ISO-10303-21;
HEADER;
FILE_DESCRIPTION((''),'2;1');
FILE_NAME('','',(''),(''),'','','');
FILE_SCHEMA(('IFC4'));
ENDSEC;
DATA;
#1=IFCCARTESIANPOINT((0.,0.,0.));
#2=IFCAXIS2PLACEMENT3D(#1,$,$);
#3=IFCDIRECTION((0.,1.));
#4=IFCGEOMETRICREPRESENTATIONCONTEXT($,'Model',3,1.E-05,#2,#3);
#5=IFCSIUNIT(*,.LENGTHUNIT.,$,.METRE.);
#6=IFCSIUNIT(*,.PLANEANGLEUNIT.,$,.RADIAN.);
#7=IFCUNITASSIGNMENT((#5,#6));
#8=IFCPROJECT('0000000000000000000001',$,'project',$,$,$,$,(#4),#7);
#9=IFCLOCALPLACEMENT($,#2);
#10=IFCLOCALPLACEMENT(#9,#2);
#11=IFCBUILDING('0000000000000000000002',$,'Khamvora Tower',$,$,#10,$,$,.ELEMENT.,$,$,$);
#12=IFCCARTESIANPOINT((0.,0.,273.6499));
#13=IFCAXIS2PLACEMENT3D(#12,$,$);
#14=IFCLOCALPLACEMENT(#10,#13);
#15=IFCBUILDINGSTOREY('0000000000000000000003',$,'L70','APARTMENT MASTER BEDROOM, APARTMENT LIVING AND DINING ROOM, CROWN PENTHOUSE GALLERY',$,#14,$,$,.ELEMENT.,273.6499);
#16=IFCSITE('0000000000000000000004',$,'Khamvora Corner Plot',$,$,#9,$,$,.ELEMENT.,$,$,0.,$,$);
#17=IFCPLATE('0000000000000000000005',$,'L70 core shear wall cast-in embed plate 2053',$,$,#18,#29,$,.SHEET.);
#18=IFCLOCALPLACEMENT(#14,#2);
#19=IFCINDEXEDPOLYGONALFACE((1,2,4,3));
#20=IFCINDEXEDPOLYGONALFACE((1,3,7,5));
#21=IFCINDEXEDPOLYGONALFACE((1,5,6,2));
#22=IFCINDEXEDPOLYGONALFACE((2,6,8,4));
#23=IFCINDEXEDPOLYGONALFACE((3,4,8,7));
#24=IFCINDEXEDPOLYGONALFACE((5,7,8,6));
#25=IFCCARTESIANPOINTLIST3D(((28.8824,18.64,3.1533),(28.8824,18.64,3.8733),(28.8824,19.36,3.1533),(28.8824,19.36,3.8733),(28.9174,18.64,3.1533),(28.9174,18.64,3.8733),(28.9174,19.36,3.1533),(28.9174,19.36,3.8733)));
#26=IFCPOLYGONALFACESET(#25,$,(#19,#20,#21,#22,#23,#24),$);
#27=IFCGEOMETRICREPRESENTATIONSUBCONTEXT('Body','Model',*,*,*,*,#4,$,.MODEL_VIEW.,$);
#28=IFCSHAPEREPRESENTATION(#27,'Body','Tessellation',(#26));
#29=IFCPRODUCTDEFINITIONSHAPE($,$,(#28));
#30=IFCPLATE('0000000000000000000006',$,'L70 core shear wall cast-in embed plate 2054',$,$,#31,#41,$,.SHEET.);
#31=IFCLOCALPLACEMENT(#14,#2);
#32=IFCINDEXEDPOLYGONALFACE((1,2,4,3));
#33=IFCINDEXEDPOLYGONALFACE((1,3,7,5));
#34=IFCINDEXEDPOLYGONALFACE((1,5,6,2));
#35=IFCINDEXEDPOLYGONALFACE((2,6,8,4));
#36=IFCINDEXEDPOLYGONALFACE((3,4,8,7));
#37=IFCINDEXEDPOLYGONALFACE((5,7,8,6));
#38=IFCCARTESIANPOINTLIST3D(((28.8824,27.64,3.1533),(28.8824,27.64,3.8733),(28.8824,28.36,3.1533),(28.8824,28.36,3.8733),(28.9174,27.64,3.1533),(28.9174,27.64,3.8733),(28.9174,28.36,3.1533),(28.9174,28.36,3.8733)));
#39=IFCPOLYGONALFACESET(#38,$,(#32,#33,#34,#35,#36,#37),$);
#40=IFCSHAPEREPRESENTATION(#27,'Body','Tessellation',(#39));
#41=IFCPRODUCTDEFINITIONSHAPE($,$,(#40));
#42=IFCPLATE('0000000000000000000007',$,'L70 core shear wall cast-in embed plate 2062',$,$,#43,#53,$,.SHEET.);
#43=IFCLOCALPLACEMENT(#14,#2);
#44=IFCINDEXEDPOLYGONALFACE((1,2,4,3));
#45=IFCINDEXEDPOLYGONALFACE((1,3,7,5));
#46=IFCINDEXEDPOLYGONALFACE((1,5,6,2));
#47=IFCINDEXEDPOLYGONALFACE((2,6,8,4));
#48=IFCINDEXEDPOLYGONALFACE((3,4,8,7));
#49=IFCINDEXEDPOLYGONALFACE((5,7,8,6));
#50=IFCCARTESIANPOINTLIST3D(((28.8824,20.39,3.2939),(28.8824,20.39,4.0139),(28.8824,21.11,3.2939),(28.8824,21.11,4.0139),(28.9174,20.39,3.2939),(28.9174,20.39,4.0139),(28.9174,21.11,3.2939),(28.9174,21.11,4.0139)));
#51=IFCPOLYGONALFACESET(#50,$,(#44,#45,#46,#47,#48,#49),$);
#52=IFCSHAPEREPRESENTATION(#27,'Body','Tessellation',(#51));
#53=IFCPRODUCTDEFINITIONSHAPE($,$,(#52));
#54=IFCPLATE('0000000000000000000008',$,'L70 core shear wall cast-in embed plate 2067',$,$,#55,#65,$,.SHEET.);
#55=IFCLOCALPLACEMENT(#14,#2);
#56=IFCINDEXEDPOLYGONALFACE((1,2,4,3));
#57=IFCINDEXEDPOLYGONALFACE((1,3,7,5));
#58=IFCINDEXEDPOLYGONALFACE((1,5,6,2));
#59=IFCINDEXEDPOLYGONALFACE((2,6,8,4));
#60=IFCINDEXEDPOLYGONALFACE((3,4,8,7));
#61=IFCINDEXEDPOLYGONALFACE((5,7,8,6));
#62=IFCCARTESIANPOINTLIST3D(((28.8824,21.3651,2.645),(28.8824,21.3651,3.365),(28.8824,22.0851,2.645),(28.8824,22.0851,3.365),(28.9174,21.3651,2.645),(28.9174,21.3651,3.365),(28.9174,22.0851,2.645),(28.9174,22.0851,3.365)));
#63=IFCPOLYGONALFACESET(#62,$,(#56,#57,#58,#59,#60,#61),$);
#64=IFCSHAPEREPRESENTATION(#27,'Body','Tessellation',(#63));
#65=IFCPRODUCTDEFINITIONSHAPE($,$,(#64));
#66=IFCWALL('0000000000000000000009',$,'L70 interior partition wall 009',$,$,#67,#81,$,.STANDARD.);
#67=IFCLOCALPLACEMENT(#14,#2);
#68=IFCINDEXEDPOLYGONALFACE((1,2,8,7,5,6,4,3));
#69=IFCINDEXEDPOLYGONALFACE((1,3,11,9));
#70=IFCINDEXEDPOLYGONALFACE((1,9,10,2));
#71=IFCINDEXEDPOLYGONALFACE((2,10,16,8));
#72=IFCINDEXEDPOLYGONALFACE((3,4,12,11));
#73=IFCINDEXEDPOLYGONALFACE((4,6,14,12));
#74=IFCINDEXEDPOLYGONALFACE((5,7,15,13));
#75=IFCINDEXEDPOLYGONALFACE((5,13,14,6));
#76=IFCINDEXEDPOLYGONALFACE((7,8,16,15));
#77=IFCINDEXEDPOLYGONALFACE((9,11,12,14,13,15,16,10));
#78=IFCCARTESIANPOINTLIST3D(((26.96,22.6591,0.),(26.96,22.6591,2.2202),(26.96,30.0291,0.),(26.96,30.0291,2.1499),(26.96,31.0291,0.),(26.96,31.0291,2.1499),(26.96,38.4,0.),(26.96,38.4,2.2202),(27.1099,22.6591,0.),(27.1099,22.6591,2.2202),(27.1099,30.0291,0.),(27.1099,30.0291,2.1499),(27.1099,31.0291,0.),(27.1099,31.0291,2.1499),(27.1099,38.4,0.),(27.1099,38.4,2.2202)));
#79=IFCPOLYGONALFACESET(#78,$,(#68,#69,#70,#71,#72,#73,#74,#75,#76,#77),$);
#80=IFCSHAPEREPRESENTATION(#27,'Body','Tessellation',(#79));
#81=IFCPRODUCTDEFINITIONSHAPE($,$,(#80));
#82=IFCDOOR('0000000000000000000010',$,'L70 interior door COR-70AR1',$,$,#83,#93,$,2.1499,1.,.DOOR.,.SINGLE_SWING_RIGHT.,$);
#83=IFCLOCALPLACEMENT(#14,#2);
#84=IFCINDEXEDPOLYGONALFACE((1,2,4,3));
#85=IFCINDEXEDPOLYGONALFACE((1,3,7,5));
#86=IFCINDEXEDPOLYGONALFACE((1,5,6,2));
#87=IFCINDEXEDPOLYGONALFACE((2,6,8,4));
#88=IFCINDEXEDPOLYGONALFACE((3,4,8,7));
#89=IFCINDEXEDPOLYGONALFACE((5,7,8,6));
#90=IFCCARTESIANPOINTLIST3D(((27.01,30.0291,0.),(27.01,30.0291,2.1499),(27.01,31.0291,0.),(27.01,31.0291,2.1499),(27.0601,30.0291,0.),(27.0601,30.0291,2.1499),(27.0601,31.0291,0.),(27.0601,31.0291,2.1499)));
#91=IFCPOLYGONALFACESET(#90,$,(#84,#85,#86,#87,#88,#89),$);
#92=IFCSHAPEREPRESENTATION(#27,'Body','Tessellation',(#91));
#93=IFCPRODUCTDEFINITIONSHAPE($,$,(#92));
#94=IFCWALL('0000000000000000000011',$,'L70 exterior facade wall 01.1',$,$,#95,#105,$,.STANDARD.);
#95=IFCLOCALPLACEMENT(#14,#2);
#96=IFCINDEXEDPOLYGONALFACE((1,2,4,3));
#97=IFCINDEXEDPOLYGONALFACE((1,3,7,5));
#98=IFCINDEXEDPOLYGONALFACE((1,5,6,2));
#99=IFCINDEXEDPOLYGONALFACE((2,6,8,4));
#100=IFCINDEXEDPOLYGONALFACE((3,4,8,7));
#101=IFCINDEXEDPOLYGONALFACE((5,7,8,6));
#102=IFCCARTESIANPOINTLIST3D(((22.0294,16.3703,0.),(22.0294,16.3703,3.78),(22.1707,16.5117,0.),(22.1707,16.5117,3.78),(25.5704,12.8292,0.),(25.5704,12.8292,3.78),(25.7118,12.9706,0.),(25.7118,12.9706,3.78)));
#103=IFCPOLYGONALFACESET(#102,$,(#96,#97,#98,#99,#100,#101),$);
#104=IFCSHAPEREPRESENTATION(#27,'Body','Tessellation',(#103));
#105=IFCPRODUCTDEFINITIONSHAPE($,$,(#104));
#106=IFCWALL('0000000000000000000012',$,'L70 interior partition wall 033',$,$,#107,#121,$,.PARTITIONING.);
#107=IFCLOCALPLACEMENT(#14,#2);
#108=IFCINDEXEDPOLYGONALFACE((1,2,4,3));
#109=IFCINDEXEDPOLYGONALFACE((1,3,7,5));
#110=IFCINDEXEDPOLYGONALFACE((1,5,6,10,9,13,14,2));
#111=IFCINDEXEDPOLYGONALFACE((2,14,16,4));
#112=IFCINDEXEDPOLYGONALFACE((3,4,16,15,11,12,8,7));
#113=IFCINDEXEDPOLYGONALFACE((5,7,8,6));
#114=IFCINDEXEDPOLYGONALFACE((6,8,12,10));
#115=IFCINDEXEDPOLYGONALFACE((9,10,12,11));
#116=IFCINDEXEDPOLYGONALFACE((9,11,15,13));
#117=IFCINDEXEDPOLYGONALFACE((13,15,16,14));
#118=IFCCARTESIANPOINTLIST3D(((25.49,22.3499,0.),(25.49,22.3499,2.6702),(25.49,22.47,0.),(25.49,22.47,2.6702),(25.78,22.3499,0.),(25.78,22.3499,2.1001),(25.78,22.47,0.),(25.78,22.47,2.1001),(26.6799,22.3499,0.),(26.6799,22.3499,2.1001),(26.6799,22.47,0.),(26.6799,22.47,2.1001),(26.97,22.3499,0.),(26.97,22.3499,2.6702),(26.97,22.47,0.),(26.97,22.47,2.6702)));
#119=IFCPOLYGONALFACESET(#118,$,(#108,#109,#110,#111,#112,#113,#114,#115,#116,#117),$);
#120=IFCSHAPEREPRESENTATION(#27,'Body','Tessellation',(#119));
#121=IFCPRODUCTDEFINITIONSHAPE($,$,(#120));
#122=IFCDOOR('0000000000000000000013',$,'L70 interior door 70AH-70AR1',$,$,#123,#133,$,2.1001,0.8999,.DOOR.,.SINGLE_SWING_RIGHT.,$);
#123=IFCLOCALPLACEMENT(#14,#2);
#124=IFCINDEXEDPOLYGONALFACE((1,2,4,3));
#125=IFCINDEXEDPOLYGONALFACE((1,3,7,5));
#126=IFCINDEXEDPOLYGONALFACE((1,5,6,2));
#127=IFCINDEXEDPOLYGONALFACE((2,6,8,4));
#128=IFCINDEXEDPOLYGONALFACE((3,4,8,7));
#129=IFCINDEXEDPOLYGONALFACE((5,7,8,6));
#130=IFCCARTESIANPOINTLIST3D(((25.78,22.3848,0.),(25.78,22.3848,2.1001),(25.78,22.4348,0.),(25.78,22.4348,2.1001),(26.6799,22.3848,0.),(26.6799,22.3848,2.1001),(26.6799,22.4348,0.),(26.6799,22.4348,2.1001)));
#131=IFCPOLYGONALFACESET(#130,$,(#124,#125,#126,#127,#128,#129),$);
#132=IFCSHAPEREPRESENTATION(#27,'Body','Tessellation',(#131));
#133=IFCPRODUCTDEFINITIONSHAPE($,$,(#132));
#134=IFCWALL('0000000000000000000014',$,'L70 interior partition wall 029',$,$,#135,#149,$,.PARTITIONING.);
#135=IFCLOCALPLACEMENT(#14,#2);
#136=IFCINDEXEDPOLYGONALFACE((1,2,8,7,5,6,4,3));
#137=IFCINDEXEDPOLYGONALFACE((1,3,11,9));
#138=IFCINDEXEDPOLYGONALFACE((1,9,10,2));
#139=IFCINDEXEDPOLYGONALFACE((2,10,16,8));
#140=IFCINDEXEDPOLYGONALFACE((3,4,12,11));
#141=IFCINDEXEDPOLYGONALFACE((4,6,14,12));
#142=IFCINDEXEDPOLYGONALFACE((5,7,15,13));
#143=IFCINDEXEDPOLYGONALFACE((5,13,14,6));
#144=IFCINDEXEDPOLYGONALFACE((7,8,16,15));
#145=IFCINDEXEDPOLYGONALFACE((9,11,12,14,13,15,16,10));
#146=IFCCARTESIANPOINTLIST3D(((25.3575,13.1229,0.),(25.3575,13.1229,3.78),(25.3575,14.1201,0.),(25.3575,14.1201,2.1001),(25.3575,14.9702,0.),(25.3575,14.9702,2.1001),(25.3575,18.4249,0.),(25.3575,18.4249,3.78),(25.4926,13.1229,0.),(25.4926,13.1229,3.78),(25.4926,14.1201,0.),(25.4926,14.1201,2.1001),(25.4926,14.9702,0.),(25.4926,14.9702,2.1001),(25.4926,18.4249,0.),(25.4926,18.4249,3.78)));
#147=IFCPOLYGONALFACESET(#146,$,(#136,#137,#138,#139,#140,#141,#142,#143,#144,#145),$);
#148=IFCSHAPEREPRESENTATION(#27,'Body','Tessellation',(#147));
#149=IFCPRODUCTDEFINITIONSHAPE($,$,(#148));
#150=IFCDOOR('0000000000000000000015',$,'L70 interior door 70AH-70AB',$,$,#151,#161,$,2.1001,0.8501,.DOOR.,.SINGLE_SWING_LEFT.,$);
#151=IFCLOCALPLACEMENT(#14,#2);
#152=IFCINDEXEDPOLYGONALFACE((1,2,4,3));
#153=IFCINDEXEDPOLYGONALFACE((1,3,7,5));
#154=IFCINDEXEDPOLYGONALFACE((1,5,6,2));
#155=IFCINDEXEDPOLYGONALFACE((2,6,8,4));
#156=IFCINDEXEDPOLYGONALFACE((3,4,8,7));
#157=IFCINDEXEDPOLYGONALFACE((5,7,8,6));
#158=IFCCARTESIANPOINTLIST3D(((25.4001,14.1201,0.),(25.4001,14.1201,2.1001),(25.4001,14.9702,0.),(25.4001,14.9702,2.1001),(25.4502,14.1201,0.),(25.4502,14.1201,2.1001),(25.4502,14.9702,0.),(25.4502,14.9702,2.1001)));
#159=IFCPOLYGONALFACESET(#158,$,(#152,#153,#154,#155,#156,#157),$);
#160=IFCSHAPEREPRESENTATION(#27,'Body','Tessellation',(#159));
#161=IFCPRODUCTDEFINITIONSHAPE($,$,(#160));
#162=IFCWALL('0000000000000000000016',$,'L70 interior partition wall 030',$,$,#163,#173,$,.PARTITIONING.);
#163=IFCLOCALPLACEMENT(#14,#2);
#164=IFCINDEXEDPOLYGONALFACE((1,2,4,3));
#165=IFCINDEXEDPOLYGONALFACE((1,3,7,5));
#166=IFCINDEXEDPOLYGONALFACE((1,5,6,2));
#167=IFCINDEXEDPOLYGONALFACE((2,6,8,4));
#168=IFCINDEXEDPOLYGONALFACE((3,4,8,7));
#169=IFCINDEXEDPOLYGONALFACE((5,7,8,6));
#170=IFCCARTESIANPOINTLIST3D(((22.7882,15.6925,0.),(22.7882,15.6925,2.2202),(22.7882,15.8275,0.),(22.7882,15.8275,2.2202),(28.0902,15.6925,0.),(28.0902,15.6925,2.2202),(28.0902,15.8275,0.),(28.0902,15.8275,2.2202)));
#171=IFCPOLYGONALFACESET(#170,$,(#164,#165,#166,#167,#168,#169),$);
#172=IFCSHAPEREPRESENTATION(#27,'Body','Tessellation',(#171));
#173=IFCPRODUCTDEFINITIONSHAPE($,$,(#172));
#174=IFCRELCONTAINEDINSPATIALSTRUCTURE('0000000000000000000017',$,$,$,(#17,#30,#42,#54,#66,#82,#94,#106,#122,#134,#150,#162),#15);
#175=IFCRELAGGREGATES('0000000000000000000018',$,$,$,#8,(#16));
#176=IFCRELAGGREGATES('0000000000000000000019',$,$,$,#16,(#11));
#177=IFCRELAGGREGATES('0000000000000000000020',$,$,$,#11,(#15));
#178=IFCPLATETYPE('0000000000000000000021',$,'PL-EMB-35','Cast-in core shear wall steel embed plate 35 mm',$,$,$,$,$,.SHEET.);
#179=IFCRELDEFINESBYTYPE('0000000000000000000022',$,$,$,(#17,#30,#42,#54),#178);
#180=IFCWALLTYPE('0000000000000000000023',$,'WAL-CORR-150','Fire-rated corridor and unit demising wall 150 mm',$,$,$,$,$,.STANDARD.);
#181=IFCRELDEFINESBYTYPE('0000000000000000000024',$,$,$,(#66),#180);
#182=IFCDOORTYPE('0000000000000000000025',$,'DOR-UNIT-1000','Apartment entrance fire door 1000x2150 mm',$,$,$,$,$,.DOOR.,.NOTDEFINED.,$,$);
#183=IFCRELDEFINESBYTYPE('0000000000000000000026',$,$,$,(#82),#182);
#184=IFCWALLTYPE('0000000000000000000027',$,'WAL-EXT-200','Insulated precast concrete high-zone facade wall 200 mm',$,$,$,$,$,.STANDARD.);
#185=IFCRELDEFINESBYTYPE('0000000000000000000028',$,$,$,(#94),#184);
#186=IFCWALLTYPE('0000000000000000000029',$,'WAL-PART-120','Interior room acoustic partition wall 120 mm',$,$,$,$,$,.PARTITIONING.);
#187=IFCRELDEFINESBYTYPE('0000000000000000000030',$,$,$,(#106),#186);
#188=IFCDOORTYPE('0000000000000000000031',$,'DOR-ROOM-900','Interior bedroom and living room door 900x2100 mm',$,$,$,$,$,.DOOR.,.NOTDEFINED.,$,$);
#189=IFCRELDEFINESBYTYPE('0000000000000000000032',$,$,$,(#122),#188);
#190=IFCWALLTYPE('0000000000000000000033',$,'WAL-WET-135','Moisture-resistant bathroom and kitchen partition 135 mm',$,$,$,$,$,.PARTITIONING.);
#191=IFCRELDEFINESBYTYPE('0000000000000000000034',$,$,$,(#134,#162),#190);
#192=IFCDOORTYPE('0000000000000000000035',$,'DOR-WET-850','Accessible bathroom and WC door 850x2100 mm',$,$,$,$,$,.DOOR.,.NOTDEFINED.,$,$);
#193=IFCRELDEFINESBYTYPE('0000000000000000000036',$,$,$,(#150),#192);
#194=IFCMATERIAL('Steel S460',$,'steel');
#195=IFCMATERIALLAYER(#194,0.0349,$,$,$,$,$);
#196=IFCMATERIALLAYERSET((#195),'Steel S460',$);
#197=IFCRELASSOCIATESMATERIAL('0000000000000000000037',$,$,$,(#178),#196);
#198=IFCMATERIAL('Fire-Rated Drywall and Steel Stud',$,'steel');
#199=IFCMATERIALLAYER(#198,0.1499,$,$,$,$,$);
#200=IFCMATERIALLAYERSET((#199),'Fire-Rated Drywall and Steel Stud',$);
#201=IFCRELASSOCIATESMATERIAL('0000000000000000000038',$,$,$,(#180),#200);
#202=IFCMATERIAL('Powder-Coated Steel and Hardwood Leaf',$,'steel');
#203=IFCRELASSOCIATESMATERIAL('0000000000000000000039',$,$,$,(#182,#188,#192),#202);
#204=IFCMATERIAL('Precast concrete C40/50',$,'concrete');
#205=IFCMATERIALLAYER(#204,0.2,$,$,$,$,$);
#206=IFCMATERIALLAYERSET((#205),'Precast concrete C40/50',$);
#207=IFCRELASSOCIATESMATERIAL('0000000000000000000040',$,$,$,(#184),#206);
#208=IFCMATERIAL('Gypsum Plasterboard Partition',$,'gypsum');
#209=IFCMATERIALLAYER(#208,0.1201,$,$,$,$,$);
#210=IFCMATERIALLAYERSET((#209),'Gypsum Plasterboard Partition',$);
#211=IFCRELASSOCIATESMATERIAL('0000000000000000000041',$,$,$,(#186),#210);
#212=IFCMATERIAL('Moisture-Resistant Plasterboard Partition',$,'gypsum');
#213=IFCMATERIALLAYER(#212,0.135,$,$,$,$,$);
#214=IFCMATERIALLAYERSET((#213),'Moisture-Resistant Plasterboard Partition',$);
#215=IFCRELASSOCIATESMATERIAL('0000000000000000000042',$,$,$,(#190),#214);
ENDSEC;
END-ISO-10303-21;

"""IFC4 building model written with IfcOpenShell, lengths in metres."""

from ifc_helpers import new_model, si_unit, direction, frame, frame_2d, origin, origin_2d, place, context, subcontext, project, spatial, rectangle, extrude, material, layer, layer_set, type_object, element, fill, save


model = new_model("IFC4")

# Units and contexts
model_context = context("Model", 3, precision=1e-05, world=origin(), true_north=direction((0.0, 1.0)))
body_context = subcontext(model_context, "Body", "Model", "MODEL_VIEW")
ifc_project = project(units=[si_unit("LENGTHUNIT", "METRE"), si_unit("PLANEANGLEUNIT", "RADIAN")], contexts=[model_context])

# Site, building, storey
site_placement = place(None, origin())
site = spatial("IfcSite", under=ifc_project, at=site_placement, Name="Khamvora Corner Plot", CompositionType="ELEMENT", RefElevation=0.0)
building_placement = place(site_placement, origin())
building = spatial("IfcBuilding", under=site, at=building_placement, Name="Khamvora Tower", CompositionType="ELEMENT")
storey_placement = place(building_placement, frame((0.0, 0.0, 273.6499)))
storey = spatial("IfcBuildingStorey", under=building, at=storey_placement, Name="L70", Description="APARTMENT MASTER BEDROOM, APARTMENT LIVING AND DINING ROOM, CROWN PENTHOUSE GALLERY", CompositionType="ELEMENT", Elevation=273.6499)

# Shared definitions
ifc_material_1 = material(Name="Steel S460", Category="steel")

# Plates
ifc_layer_1 = layer(ifc_material_1, 0.0349)
ifc_layer_set_1 = layer_set([ifc_layer_1], Name="Steel S460")
plate_type_1 = type_object("IfcPlateType", Name="PL-EMB-35", Description="Cast-in core shear wall steel embed plate 35 mm", PredefinedType="SHEET", material=ifc_layer_set_1)
for number, where, z_axis, x_axis, name in (
    (1, (28.8999, 19.0, 3.1533), (0.0, 0.0, 1.0), (1.0, 0.0, 0.0), "L70 core shear wall cast-in embed plate 2053"),
    (2, (28.8999, 28.0, 3.1533), (0.0, 0.0, 1.0), (1.0, 0.0, 0.0), "L70 core shear wall cast-in embed plate 2054"),
    (3, (28.8999, 20.75, 3.2939), (0.0, 0.0, 1.0), (1.0, 0.0, 0.0), "L70 core shear wall cast-in embed plate 2062"),
    (4, (28.8999, 21.7251, 2.645), (0.0, 0.0, 1.0), (1.0, 0.0, 0.0), "L70 core shear wall cast-in embed plate 2067"),
):
    element("IfcPlate", number, at=place(storey_placement, frame(where, z_axis=z_axis, x_axis=x_axis)), inside=storey, type_object=plate_type_1, Name=name, PredefinedType="SHEET", context=body_context, shape_type="SweptSolid", body=[
        extrude(rectangle(XDim=0.0349, YDim=0.72, at=origin_2d()), origin(), (0.0, 0.0, 1.0), 0.72),
    ])

# Wall, opening, door
ifc_material_2 = material(Name="Fire-Rated Drywall and Steel Stud", Category="steel")
ifc_layer_2 = layer(ifc_material_2, 0.1499)
ifc_layer_set_2 = layer_set([ifc_layer_2], Name="Fire-Rated Drywall and Steel Stud")
wall_type_1 = type_object("IfcWallType", Name="WAL-CORR-150", Description="Fire-rated corridor and unit demising wall 150 mm", PredefinedType="STANDARD", material=ifc_layer_set_2)
ifc_material_3 = material(Name="Powder-Coated Steel and Hardwood Leaf", Category="steel")
door_type_1 = type_object("IfcDoorType", Name="DOR-UNIT-1000", Description="Apartment entrance fire door 1000x2150 mm", OperationType="NOTDEFINED", PredefinedType="DOOR", material=ifc_material_3)
wall_1_placement = place(storey_placement, frame((27.0349, 22.6589, 0.0), z_axis=(0.0, 0.0, 1.0), x_axis=(0.0, 1.0, 0.0)))
wall_1 = element("IfcWall", 5, at=wall_1_placement, inside=storey, type_object=wall_type_1, Name="L70 interior partition wall 009", PredefinedType="STANDARD", context=body_context, shape_type="SweptSolid", body=[
    extrude(rectangle(XDim=15.741, YDim=0.1499, at=frame_2d((7.8706, 0.0))), origin(), (0.0, 0.0, 1.0), 2.2202),
])
opening_1_placement = place(wall_1_placement, frame((7.3701, 0.0, 0.0)))
opening_1 = element("IfcOpeningElement", 6, at=opening_1_placement, cuts=wall_1, PredefinedType="OPENING", context=body_context, shape_type="SweptSolid", body=[
    extrude(rectangle(XDim=1.0, YDim=2.1499, at=frame_2d((0.5, 1.075))), frame((0.0, 0.085, 0.0), z_axis=(0.0, -1.0, 0.0), x_axis=(1.0, 0.0, 0.0)), (0.0, 0.0, 1.0), 0.1699),
])
door_1_placement = place(opening_1_placement, origin())
door_1 = element("IfcDoor", 7, at=door_1_placement, inside=storey, type_object=door_type_1, Name="L70 interior door COR-70AR1", OperationType="SINGLE_SWING_RIGHT", OverallHeight=2.1499, OverallWidth=1.0, PredefinedType="DOOR", context=body_context, shape_type="SweptSolid", body=[
    extrude(rectangle(XDim=1.0, YDim=2.1499, at=frame_2d((0.5, 1.075))), frame((0.0, 0.0249, 0.0), z_axis=(0.0, -1.0, 0.0), x_axis=(1.0, 0.0, 0.0)), (0.0, 0.0, 1.0), 0.05),
])
fill(opening_1, door_1)

# Wall
ifc_material_4 = material(Name="Precast concrete C40/50", Category="concrete")
ifc_layer_3 = layer(ifc_material_4, 0.2)
ifc_layer_set_3 = layer_set([ifc_layer_3], Name="Precast concrete C40/50")
wall_type_2 = type_object("IfcWallType", Name="WAL-EXT-200", Description="Insulated precast concrete high-zone facade wall 200 mm", PredefinedType="STANDARD", material=ifc_layer_set_3)
wall_2_placement = place(storey_placement, frame((25.6411, 12.8999, 0.0), z_axis=(0.0, 0.0, 1.0), x_axis=(-0.707107, 0.707107, 0.0)))
element("IfcWall", 8, at=wall_2_placement, inside=storey, type_object=wall_type_2, Name="L70 exterior facade wall 01.1", PredefinedType="STANDARD", context=body_context, shape_type="SweptSolid", body=[
    extrude(rectangle(XDim=5.0078, YDim=0.2, at=frame_2d((2.5039, 0.0))), origin(), (0.0, 0.0, 1.0), 3.78),
])

# Walls, openings, doors
ifc_material_5 = material(Name="Gypsum Plasterboard Partition", Category="gypsum")
ifc_layer_4 = layer(ifc_material_5, 0.1201)
ifc_layer_set_4 = layer_set([ifc_layer_4], Name="Gypsum Plasterboard Partition")
wall_type_3 = type_object("IfcWallType", Name="WAL-PART-120", Description="Interior room acoustic partition wall 120 mm", PredefinedType="PARTITIONING", material=ifc_layer_set_4)
wall_3_placement = place(storey_placement, frame((25.49, 22.4099, 0.0), z_axis=(0.0, 0.0, 1.0), x_axis=(1.0, 0.0, 0.0)))
wall_3 = element("IfcWall", 9, at=wall_3_placement, inside=storey, type_object=wall_type_3, Name="L70 interior partition wall 033", PredefinedType="PARTITIONING", context=body_context, shape_type="SweptSolid", body=[
    extrude(rectangle(XDim=1.48, YDim=0.1201, at=frame_2d((0.74, 0.0))), origin(), (0.0, 0.0, 1.0), 2.6702),
])
opening_2_placement = place(wall_3_placement, frame((0.29, 0.0, 0.0)))
opening_2 = element("IfcOpeningElement", 10, at=opening_2_placement, cuts=wall_3, PredefinedType="OPENING", context=body_context, shape_type="SweptSolid", body=[
    extrude(rectangle(XDim=0.8999, YDim=2.1001, at=frame_2d((0.45, 1.05))), frame((0.0, 0.0701, 0.0), z_axis=(0.0, -1.0, 0.0), x_axis=(1.0, 0.0, 0.0)), (0.0, 0.0, 1.0), 0.1401),
])
door_type_2 = type_object("IfcDoorType", Name="DOR-ROOM-900", Description="Interior bedroom and living room door 900x2100 mm", OperationType="NOTDEFINED", PredefinedType="DOOR", material=ifc_material_3)
door_2_placement = place(opening_2_placement, origin())
door_2 = element("IfcDoor", 11, at=door_2_placement, inside=storey, type_object=door_type_2, Name="L70 interior door 70AH-70AR1", OperationType="SINGLE_SWING_RIGHT", OverallHeight=2.1001, OverallWidth=0.8999, PredefinedType="DOOR", context=body_context, shape_type="SweptSolid", body=[
    extrude(rectangle(XDim=0.8999, YDim=2.1001, at=frame_2d((0.45, 1.05))), frame((0.0, 0.0249, 0.0), z_axis=(0.0, -1.0, 0.0), x_axis=(1.0, 0.0, 0.0)), (0.0, 0.0, 1.0), 0.05),
])
fill(opening_2, door_2)
ifc_material_6 = material(Name="Moisture-Resistant Plasterboard Partition", Category="gypsum")
ifc_layer_5 = layer(ifc_material_6, 0.135)
ifc_layer_set_5 = layer_set([ifc_layer_5], Name="Moisture-Resistant Plasterboard Partition")
wall_type_4 = type_object("IfcWallType", Name="WAL-WET-135", Description="Moisture-resistant bathroom and kitchen partition 135 mm", PredefinedType="PARTITIONING", material=ifc_layer_set_5)
wall_4_placement = place(storey_placement, frame((25.425, 13.123, 0.0), z_axis=(0.0, 0.0, 1.0), x_axis=(0.0, 1.0, 0.0)))
wall_4 = element("IfcWall", 12, at=wall_4_placement, inside=storey, type_object=wall_type_4, Name="L70 interior partition wall 029", PredefinedType="PARTITIONING", context=body_context, shape_type="SweptSolid", body=[
    extrude(rectangle(XDim=5.302, YDim=0.135, at=frame_2d((2.6509, 0.0))), origin(), (0.0, 0.0, 1.0), 3.78),
])
opening_3_placement = place(wall_4_placement, frame((0.9971, 0.0, 0.0)))
opening_3 = element("IfcOpeningElement", 13, at=opening_3_placement, cuts=wall_4, PredefinedType="OPENING", context=body_context, shape_type="SweptSolid", body=[
    extrude(rectangle(XDim=0.8501, YDim=2.1001, at=frame_2d((0.425, 1.05))), frame((0.0, 0.0774, 0.0), z_axis=(0.0, -1.0, 0.0), x_axis=(1.0, 0.0, 0.0)), (0.0, 0.0, 1.0), 0.155),
])
door_type_3 = type_object("IfcDoorType", Name="DOR-WET-850", Description="Accessible bathroom and WC door 850x2100 mm", OperationType="NOTDEFINED", PredefinedType="DOOR", material=ifc_material_3)
door_3_placement = place(opening_3_placement, origin())
door_3 = element("IfcDoor", 14, at=door_3_placement, inside=storey, type_object=door_type_3, Name="L70 interior door 70AH-70AB", OperationType="SINGLE_SWING_LEFT", OverallHeight=2.1001, OverallWidth=0.8501, PredefinedType="DOOR", context=body_context, shape_type="SweptSolid", body=[
    extrude(rectangle(XDim=0.8501, YDim=2.1001, at=frame_2d((0.425, 1.05))), frame((0.0, 0.0249, 0.0), z_axis=(0.0, -1.0, 0.0), x_axis=(1.0, 0.0, 0.0)), (0.0, 0.0, 1.0), 0.05),
])
fill(opening_3, door_3)

# Wall
wall_5_placement = place(storey_placement, frame((28.0901, 15.76, 0.0), z_axis=(0.0, 0.0, 1.0), x_axis=(-1.0, 0.0, 0.0)))
element("IfcWall", 15, at=wall_5_placement, inside=storey, type_object=wall_type_4, Name="L70 interior partition wall 030", PredefinedType="PARTITIONING", context=body_context, shape_type="SweptSolid", body=[
    extrude(rectangle(XDim=5.302, YDim=0.135, at=frame_2d((2.6509, 0.0))), origin(), (0.0, 0.0, 1.0), 2.2202),
])

save(model, "model.ifc")
